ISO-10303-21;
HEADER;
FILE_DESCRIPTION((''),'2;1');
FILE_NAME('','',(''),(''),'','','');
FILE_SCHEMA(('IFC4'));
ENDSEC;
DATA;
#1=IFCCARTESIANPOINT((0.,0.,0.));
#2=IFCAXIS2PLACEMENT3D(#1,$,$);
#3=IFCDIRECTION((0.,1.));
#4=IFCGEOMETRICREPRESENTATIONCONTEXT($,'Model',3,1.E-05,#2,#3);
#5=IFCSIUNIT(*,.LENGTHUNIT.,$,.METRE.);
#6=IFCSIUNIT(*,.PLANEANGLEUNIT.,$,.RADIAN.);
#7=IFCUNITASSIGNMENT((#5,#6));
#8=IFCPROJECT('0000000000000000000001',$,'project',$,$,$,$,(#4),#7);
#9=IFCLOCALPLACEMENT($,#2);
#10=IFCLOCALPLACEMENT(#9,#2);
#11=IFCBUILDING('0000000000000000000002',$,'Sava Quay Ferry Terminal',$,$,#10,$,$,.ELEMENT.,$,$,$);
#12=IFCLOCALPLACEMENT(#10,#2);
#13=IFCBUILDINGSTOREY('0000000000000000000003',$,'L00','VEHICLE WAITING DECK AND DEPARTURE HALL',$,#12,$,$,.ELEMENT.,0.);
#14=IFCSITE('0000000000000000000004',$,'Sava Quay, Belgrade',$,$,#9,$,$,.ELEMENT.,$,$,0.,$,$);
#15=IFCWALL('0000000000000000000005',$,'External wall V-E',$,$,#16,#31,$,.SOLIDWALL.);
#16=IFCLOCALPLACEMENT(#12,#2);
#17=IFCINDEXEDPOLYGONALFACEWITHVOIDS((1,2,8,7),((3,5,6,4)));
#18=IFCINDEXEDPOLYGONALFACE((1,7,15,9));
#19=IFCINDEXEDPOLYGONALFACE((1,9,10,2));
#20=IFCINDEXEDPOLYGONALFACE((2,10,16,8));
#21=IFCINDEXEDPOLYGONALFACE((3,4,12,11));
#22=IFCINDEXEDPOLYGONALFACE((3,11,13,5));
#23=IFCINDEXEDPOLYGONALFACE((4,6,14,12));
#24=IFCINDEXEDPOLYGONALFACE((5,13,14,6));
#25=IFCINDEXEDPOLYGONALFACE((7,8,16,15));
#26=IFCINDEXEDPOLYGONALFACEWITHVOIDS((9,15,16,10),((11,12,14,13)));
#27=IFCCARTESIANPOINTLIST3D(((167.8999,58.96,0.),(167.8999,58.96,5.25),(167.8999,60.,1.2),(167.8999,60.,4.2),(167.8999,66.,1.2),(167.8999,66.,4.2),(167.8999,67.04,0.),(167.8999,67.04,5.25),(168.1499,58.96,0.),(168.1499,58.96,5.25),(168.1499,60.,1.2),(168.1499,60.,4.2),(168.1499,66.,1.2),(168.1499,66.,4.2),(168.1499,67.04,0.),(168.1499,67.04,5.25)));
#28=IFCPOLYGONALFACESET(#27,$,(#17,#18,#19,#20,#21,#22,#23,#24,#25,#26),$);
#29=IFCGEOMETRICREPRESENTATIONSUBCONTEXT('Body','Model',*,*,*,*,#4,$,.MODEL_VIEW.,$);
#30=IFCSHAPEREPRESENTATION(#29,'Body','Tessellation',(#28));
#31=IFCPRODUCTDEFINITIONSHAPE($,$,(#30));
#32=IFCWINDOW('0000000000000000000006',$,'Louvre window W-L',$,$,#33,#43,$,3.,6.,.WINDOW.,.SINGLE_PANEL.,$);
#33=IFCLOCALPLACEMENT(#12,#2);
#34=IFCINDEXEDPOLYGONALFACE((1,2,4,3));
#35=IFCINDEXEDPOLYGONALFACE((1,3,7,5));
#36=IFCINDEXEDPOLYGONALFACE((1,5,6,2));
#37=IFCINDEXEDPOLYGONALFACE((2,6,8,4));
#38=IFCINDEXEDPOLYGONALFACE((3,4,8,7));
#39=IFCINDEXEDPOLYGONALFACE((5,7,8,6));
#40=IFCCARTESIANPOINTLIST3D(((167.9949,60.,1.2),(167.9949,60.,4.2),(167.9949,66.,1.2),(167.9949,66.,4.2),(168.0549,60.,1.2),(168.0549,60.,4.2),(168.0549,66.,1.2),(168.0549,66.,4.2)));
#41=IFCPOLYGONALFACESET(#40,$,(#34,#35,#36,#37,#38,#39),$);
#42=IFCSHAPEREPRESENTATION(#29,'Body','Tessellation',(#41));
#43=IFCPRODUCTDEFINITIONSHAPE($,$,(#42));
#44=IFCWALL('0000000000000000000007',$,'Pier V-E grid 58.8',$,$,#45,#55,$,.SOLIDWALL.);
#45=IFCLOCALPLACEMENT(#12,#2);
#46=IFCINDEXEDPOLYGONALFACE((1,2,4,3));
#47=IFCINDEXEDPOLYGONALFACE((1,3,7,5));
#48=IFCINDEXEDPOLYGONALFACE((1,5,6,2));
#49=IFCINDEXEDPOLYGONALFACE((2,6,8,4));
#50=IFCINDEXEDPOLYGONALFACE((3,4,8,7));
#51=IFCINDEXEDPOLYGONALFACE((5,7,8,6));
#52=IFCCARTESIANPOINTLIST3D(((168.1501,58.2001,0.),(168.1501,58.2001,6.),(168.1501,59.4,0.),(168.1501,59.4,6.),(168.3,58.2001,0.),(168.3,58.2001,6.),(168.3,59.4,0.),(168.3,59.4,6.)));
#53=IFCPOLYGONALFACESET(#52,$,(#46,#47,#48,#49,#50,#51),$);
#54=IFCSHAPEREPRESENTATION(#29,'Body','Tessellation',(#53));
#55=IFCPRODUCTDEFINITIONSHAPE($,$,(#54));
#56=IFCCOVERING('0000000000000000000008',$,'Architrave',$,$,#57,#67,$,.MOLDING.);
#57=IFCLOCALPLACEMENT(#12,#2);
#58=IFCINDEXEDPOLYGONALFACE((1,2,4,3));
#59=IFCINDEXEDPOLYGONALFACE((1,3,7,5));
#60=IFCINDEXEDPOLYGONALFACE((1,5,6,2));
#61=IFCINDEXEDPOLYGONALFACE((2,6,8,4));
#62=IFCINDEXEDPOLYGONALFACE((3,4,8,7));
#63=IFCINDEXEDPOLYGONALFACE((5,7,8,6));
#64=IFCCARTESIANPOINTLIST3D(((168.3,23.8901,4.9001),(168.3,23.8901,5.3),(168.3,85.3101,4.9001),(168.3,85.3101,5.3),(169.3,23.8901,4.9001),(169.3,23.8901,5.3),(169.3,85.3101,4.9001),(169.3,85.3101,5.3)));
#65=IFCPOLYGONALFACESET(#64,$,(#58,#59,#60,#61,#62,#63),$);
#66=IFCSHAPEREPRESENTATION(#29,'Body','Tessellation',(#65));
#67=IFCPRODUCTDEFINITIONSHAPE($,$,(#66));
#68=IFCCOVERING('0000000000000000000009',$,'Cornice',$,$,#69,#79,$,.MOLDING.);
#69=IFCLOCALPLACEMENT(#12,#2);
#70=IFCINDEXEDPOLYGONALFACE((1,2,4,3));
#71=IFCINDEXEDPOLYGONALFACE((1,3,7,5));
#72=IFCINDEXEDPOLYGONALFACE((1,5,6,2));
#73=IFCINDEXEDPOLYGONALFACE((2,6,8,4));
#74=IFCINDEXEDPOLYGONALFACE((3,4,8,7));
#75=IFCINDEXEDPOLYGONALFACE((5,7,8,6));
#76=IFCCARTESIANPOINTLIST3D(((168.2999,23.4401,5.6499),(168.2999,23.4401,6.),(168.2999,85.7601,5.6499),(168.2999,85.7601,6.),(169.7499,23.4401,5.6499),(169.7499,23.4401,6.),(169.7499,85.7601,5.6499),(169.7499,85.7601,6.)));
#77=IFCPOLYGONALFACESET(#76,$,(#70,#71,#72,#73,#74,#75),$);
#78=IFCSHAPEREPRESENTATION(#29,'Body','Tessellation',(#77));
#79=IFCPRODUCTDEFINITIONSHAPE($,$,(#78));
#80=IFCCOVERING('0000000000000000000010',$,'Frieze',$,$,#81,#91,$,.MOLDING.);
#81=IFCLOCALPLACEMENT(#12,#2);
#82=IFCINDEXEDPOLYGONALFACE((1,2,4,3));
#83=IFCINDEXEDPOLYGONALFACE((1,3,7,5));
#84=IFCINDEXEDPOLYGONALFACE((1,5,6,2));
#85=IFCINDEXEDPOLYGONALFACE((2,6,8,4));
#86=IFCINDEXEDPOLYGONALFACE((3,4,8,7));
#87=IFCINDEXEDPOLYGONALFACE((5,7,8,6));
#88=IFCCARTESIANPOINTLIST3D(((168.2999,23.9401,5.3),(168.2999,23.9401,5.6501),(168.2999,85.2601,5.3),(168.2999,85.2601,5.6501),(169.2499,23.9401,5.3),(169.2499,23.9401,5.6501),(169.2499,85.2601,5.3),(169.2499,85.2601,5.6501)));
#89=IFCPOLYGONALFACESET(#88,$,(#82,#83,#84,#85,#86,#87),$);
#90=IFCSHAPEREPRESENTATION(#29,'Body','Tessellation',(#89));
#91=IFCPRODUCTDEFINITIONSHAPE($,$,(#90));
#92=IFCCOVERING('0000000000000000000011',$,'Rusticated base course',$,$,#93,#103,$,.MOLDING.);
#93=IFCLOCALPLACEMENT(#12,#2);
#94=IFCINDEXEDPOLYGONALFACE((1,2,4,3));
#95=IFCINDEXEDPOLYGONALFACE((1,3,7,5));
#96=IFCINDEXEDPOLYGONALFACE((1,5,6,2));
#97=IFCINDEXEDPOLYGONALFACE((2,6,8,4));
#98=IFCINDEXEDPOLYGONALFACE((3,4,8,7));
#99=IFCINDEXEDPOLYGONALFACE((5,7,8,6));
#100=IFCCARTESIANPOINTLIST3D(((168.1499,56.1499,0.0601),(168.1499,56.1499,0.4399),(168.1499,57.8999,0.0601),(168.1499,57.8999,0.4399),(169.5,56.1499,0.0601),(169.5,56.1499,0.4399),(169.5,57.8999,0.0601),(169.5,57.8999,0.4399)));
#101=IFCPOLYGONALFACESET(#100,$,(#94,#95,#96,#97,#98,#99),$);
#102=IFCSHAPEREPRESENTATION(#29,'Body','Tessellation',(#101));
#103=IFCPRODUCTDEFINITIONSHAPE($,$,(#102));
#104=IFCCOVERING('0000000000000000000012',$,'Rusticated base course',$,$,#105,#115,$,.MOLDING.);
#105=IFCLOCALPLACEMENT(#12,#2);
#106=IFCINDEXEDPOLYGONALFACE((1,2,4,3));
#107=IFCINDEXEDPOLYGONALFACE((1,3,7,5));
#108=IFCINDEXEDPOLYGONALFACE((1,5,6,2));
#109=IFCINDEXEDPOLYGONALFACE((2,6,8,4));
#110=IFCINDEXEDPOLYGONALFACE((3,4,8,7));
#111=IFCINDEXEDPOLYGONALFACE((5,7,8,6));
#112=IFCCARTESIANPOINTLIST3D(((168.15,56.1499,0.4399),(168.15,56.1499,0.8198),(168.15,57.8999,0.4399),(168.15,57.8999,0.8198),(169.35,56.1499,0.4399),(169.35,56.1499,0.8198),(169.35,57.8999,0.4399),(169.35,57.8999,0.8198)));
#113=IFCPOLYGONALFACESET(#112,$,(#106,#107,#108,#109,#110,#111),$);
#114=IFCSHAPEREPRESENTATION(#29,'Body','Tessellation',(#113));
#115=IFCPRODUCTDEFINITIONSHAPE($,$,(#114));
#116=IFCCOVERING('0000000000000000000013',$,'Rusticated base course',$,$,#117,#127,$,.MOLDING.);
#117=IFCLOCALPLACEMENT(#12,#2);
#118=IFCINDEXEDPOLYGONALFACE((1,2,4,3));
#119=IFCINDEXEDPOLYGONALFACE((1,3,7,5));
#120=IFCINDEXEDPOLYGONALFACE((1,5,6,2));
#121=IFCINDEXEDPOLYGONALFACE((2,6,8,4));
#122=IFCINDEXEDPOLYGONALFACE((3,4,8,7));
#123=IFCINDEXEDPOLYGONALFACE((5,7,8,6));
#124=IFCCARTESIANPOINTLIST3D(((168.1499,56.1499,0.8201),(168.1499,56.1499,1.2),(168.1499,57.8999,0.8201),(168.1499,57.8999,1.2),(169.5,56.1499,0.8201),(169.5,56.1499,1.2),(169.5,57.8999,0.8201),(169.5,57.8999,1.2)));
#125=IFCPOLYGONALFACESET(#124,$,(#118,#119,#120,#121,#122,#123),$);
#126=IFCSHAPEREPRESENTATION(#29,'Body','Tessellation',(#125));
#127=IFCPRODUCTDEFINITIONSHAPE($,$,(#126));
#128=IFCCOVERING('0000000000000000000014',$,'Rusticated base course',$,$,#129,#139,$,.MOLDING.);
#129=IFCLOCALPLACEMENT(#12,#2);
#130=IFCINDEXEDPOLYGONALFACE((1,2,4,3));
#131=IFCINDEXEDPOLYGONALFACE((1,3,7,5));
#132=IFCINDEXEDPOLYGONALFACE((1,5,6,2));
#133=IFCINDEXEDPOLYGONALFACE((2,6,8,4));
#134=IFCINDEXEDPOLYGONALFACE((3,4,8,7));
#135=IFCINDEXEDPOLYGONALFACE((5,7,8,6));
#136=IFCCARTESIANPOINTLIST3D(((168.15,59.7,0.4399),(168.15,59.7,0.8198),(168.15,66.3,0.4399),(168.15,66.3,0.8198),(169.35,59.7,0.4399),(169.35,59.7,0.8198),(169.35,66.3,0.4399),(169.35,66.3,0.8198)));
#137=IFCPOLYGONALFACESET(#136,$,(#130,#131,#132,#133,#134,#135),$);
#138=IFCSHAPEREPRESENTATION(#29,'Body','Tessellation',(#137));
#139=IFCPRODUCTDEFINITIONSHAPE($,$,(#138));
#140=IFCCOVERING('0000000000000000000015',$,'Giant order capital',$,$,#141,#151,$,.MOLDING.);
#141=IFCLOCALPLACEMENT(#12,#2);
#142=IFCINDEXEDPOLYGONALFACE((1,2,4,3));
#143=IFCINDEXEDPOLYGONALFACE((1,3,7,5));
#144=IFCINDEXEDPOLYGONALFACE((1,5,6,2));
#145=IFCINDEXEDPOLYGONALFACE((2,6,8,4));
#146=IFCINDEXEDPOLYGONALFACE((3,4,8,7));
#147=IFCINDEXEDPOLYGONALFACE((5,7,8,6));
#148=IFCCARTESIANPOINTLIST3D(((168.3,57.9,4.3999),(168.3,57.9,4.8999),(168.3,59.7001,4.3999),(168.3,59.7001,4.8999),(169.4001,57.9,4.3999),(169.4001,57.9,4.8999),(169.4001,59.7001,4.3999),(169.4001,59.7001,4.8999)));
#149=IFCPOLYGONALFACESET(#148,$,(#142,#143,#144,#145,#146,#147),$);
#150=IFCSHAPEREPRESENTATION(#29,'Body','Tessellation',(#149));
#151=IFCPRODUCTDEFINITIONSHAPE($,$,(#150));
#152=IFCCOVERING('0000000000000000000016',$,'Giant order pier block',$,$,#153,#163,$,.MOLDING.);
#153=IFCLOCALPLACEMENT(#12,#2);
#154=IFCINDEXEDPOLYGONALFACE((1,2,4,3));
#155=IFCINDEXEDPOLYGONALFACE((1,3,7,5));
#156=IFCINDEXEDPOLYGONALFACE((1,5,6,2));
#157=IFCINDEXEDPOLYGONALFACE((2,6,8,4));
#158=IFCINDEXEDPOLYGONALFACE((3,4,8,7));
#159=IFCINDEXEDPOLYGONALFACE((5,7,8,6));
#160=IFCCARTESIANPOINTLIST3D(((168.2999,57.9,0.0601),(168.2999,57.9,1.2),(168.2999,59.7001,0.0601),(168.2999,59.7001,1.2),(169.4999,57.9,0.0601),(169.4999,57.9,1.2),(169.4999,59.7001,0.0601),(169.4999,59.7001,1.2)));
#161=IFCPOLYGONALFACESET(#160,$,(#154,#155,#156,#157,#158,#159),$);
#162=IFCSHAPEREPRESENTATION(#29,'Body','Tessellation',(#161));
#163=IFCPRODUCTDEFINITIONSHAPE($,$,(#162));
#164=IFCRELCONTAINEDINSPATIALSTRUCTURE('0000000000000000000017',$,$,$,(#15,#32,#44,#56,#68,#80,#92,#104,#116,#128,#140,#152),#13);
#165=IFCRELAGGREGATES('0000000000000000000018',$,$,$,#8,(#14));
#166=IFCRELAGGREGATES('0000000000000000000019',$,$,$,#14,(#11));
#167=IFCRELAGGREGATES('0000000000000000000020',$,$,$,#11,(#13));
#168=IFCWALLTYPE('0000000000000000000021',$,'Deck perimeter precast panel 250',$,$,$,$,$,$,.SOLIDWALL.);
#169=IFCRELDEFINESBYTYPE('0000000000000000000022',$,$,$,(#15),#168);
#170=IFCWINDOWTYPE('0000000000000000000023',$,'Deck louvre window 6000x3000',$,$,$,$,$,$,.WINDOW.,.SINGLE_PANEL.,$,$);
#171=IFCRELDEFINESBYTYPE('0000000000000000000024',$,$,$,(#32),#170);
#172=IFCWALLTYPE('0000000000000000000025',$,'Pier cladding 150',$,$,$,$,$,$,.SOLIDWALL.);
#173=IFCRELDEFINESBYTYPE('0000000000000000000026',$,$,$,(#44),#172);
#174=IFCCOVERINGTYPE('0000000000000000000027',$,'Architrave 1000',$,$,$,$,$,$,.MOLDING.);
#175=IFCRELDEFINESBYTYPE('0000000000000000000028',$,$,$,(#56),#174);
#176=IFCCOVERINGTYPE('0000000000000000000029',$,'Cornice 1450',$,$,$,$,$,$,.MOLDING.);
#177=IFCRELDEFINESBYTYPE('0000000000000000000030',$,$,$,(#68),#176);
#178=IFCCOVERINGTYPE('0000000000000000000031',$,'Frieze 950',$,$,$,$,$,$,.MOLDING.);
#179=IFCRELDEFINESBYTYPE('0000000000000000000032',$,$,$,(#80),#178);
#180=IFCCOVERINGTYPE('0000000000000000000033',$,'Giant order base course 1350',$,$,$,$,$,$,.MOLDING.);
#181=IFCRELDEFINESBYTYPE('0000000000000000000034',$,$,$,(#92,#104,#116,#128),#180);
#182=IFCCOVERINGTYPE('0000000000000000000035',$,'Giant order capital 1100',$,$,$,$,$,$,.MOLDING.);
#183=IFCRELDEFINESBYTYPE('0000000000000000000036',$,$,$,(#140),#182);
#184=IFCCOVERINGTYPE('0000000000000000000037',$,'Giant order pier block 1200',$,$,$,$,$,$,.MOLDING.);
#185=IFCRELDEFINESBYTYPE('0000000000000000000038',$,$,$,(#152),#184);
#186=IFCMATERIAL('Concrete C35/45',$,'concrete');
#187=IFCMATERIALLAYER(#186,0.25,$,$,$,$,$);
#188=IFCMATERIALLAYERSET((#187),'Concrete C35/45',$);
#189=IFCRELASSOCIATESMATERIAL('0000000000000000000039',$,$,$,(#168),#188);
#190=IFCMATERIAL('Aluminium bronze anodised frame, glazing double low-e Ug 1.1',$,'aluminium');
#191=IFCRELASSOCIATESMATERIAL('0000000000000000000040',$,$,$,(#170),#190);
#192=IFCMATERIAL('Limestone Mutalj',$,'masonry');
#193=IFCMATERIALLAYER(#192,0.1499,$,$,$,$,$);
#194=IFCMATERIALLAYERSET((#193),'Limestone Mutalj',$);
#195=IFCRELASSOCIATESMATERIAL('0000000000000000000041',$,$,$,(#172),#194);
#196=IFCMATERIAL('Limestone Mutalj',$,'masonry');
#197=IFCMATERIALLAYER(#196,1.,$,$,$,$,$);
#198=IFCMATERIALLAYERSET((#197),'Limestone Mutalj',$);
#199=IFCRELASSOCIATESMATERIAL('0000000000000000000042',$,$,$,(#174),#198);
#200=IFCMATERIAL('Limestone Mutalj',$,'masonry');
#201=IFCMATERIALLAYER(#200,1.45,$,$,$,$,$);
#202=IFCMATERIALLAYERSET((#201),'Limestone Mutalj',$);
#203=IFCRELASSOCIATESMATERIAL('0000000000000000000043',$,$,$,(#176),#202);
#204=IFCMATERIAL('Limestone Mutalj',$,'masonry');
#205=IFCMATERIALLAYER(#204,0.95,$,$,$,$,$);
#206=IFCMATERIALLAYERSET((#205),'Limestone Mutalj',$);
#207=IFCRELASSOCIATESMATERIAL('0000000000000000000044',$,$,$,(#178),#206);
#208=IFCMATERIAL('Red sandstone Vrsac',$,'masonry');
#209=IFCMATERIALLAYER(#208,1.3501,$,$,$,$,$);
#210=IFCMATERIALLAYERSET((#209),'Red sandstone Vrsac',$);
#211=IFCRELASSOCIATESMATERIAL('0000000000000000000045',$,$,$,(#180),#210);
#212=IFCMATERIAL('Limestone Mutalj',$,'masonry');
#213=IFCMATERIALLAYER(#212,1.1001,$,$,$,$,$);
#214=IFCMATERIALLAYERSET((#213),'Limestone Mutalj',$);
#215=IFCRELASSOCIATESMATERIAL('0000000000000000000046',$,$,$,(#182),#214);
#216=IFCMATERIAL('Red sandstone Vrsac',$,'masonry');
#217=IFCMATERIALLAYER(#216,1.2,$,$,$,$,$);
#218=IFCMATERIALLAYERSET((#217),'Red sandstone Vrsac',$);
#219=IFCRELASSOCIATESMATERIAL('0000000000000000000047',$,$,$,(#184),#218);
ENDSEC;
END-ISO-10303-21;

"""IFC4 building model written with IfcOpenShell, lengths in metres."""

from ifc_helpers import new_model, si_unit, direction, frame, frame_2d, origin, origin_2d, place, context, subcontext, project, spatial, rectangle, extrude, material, layer, layer_set, type_object, element, fill, save


model = new_model("IFC4")

# Units and contexts
model_context = context("Model", 3, precision=1e-05, world=origin(), true_north=direction((0.0, 1.0)))
body_context = subcontext(model_context, "Body", "Model", "MODEL_VIEW")
ifc_project = project(units=[si_unit("LENGTHUNIT", "METRE"), si_unit("PLANEANGLEUNIT", "RADIAN")], contexts=[model_context])

# Site, building, storey
site_placement = place(None, origin())
site = spatial("IfcSite", under=ifc_project, at=site_placement, Name="Sava Quay, Belgrade", CompositionType="ELEMENT", RefElevation=0.0)
building_placement = place(site_placement, origin())
building = spatial("IfcBuilding", under=site, at=building_placement, Name="Sava Quay Ferry Terminal", CompositionType="ELEMENT")
storey_placement = place(building_placement, origin())
storey = spatial("IfcBuildingStorey", under=building, at=storey_placement, Name="L00", Description="VEHICLE WAITING DECK AND DEPARTURE HALL", CompositionType="ELEMENT", Elevation=0.0)

# Wall, opening, window
ifc_material_1 = material(Name="Concrete C35/45", Category="concrete")
ifc_layer_1 = layer(ifc_material_1, 0.25)
ifc_layer_set_1 = layer_set([ifc_layer_1], Name="Concrete C35/45")
wall_type_1 = type_object("IfcWallType", Name="Deck perimeter precast panel 250", PredefinedType="SOLIDWALL", material=ifc_layer_set_1)
wall_1_placement = place(storey_placement, frame((168.0249, 58.96, 0.0), z_axis=(0.0, 0.0, 1.0), x_axis=(0.0, 1.0, 0.0)))
wall_1 = element("IfcWall", 1, at=wall_1_placement, inside=storey, type_object=wall_type_1, Name="External wall V-E", PredefinedType="SOLIDWALL", context=body_context, shape_type="SweptSolid", body=[
    extrude(rectangle(XDim=8.0801, YDim=0.25, at=frame_2d((4.04, 0.0))), origin(), (0.0, 0.0, 1.0), 5.25),
])
opening_placement = place(wall_1_placement, frame((1.04, 0.0, 1.2)))
opening = element("IfcOpeningElement", 2, at=opening_placement, cuts=wall_1, PredefinedType="OPENING", context=body_context, shape_type="SweptSolid", body=[
    extrude(rectangle(XDim=6.0, YDim=3.0, at=frame_2d((3.0, 1.5))), frame((0.0, 0.125, 0.0), z_axis=(0.0, -1.0, 0.0), x_axis=(1.0, 0.0, 0.0)), (0.0, 0.0, 1.0), 0.25),
])
ifc_material_2 = material(Name="Aluminium bronze anodised frame, glazing double low-e Ug 1.1", Category="aluminium")
window_type = type_object("IfcWindowType", Name="Deck louvre window 6000x3000", PartitioningType="SINGLE_PANEL", PredefinedType="WINDOW", material=ifc_material_2)
window_placement = place(opening_placement, origin())
window = element("IfcWindow", 3, at=window_placement, inside=storey, type_object=window_type, Name="Louvre window W-L", OverallHeight=3.0, OverallWidth=6.0, PartitioningType="SINGLE_PANEL", PredefinedType="WINDOW", context=body_context, shape_type="SweptSolid", body=[
    extrude(rectangle(XDim=6.0, YDim=3.0, at=frame_2d((3.0, 1.5))), frame((0.0, 0.03, 0.0), z_axis=(0.0, -1.0, 0.0), x_axis=(1.0, 0.0, 0.0)), (0.0, 0.0, 1.0), 0.0601),
])
fill(opening, window)

# Wall
ifc_material_3 = material(Name="Limestone Mutalj", Category="masonry")
ifc_layer_2 = layer(ifc_material_3, 0.1499)
ifc_layer_set_2 = layer_set([ifc_layer_2], Name="Limestone Mutalj")
wall_type_2 = type_object("IfcWallType", Name="Pier cladding 150", PredefinedType="SOLIDWALL", material=ifc_layer_set_2)
wall_2_placement = place(storey_placement, frame((168.2251, 58.2, 0.0), z_axis=(0.0, 0.0, 1.0), x_axis=(0.0, 1.0, 0.0)))
element("IfcWall", 4, at=wall_2_placement, inside=storey, type_object=wall_type_2, Name="Pier V-E grid 58.8", PredefinedType="SOLIDWALL", context=body_context, shape_type="SweptSolid", body=[
    extrude(rectangle(XDim=1.2, YDim=0.1499, at=frame_2d((0.6001, 0.0))), origin(), (0.0, 0.0, 1.0), 6.0),
])

# Coverings
ifc_material_4 = material(Name="Limestone Mutalj", Category="masonry")
ifc_layer_3 = layer(ifc_material_4, 1.0)
ifc_layer_set_3 = layer_set([ifc_layer_3], Name="Limestone Mutalj")
covering_type_1 = type_object("IfcCoveringType", Name="Architrave 1000", PredefinedType="MOLDING", material=ifc_layer_set_3)
covering_1_placement = place(storey_placement, frame((168.8, 54.6001, 4.9001), z_axis=(0.0, 0.0, 1.0), x_axis=(1.0, 0.0, 0.0)))
element("IfcCovering", 5, at=covering_1_placement, inside=storey, type_object=covering_type_1, Name="Architrave", PredefinedType="MOLDING", context=body_context, shape_type="SweptSolid", body=[
    extrude(rectangle(XDim=1.0, YDim=61.4199, at=origin_2d()), origin(), (0.0, 0.0, 1.0), 0.3999),
])
ifc_material_5 = material(Name="Limestone Mutalj", Category="masonry")
ifc_layer_4 = layer(ifc_material_5, 1.45)
ifc_layer_set_4 = layer_set([ifc_layer_4], Name="Limestone Mutalj")
covering_type_2 = type_object("IfcCoveringType", Name="Cornice 1450", PredefinedType="MOLDING", material=ifc_layer_set_4)
covering_2_placement = place(storey_placement, frame((169.0249, 54.6001, 5.6499), z_axis=(0.0, 0.0, 1.0), x_axis=(1.0, 0.0, 0.0)))
element("IfcCovering", 6, at=covering_2_placement, inside=storey, type_object=covering_type_2, Name="Cornice", PredefinedType="MOLDING", context=body_context, shape_type="SweptSolid", body=[
    extrude(rectangle(XDim=1.45, YDim=62.3201, at=origin_2d()), origin(), (0.0, 0.0, 1.0), 0.3501),
])
ifc_material_6 = material(Name="Limestone Mutalj", Category="masonry")
ifc_layer_5 = layer(ifc_material_6, 0.95)
ifc_layer_set_5 = layer_set([ifc_layer_5], Name="Limestone Mutalj")
covering_type_3 = type_object("IfcCoveringType", Name="Frieze 950", PredefinedType="MOLDING", material=ifc_layer_set_5)
covering_3_placement = place(storey_placement, frame((168.7749, 54.6001, 5.3), z_axis=(0.0, 0.0, 1.0), x_axis=(1.0, 0.0, 0.0)))
element("IfcCovering", 7, at=covering_3_placement, inside=storey, type_object=covering_type_3, Name="Frieze", PredefinedType="MOLDING", context=body_context, shape_type="SweptSolid", body=[
    extrude(rectangle(XDim=0.95, YDim=61.3201, at=origin_2d()), origin(), (0.0, 0.0, 1.0), 0.3501),
])
ifc_material_7 = material(Name="Red sandstone Vrsac", Category="masonry")
ifc_layer_6 = layer(ifc_material_7, 1.3501)
ifc_layer_set_6 = layer_set([ifc_layer_6], Name="Red sandstone Vrsac")
covering_type_4 = type_object("IfcCoveringType", Name="Giant order base course 1350", PredefinedType="MOLDING", material=ifc_layer_set_6)
covering_4_placement = place(storey_placement, frame((168.825, 57.0249, 0.0601), z_axis=(0.0, 0.0, 1.0), x_axis=(1.0, 0.0, 0.0)))
element("IfcCovering", 8, at=covering_4_placement, inside=storey, type_object=covering_type_4, Name="Rusticated base course", PredefinedType="MOLDING", context=body_context, shape_type="SweptSolid", body=[
    extrude(rectangle(XDim=1.3501, YDim=1.75, at=origin_2d()), origin(), (0.0, 0.0, 1.0), 0.3799),
])
covering_5_placement = place(storey_placement, frame((168.75, 57.0249, 0.4399), z_axis=(0.0, 0.0, 1.0), x_axis=(1.0, 0.0, 0.0)))
element("IfcCovering", 9, at=covering_5_placement, inside=storey, type_object=covering_type_4, Name="Rusticated base course", PredefinedType="MOLDING", context=body_context, shape_type="SweptSolid", body=[
    extrude(rectangle(XDim=1.2, YDim=1.75, at=origin_2d()), origin(), (0.0, 0.0, 1.0), 0.3799),
])
covering_6_placement = place(storey_placement, frame((168.825, 57.0249, 0.8201), z_axis=(0.0, 0.0, 1.0), x_axis=(1.0, 0.0, 0.0)))
element("IfcCovering", 10, at=covering_6_placement, inside=storey, type_object=covering_type_4, Name="Rusticated base course", PredefinedType="MOLDING", context=body_context, shape_type="SweptSolid", body=[
    extrude(rectangle(XDim=1.3501, YDim=1.75, at=origin_2d()), origin(), (0.0, 0.0, 1.0), 0.3799),
])
covering_7_placement = place(storey_placement, frame((168.75, 63.0, 0.4399), z_axis=(0.0, 0.0, 1.0), x_axis=(1.0, 0.0, 0.0)))
element("IfcCovering", 11, at=covering_7_placement, inside=storey, type_object=covering_type_4, Name="Rusticated base course", PredefinedType="MOLDING", context=body_context, shape_type="SweptSolid", body=[
    extrude(rectangle(XDim=1.2, YDim=6.6001, at=origin_2d()), origin(), (0.0, 0.0, 1.0), 0.3799),
])
ifc_material_8 = material(Name="Limestone Mutalj", Category="masonry")
ifc_layer_7 = layer(ifc_material_8, 1.1001)
ifc_layer_set_7 = layer_set([ifc_layer_7], Name="Limestone Mutalj")
covering_type_5 = type_object("IfcCoveringType", Name="Giant order capital 1100", PredefinedType="MOLDING", material=ifc_layer_set_7)
covering_8_placement = place(storey_placement, frame((168.8501, 58.8, 4.3999), z_axis=(0.0, 0.0, 1.0), x_axis=(1.0, 0.0, 0.0)))
element("IfcCovering", 12, at=covering_8_placement, inside=storey, type_object=covering_type_5, Name="Giant order capital", PredefinedType="MOLDING", context=body_context, shape_type="SweptSolid", body=[
    extrude(rectangle(XDim=1.1001, YDim=1.8, at=origin_2d()), origin(), (0.0, 0.0, 1.0), 0.5),
])
ifc_material_9 = material(Name="Red sandstone Vrsac", Category="masonry")
ifc_layer_8 = layer(ifc_material_9, 1.2)
ifc_layer_set_8 = layer_set([ifc_layer_8], Name="Red sandstone Vrsac")
covering_type_6 = type_object("IfcCoveringType", Name="Giant order pier block 1200", PredefinedType="MOLDING", material=ifc_layer_set_8)
covering_9_placement = place(storey_placement, frame((168.8999, 58.8, 0.0601), z_axis=(0.0, 0.0, 1.0), x_axis=(1.0, 0.0, 0.0)))
element("IfcCovering", 13, at=covering_9_placement, inside=storey, type_object=covering_type_6, Name="Giant order pier block", PredefinedType="MOLDING", context=body_context, shape_type="SweptSolid", body=[
    extrude(rectangle(XDim=1.2, YDim=1.8, at=origin_2d()), origin(), (0.0, 0.0, 1.0), 1.1399),
])

save(model, "model.ifc")
